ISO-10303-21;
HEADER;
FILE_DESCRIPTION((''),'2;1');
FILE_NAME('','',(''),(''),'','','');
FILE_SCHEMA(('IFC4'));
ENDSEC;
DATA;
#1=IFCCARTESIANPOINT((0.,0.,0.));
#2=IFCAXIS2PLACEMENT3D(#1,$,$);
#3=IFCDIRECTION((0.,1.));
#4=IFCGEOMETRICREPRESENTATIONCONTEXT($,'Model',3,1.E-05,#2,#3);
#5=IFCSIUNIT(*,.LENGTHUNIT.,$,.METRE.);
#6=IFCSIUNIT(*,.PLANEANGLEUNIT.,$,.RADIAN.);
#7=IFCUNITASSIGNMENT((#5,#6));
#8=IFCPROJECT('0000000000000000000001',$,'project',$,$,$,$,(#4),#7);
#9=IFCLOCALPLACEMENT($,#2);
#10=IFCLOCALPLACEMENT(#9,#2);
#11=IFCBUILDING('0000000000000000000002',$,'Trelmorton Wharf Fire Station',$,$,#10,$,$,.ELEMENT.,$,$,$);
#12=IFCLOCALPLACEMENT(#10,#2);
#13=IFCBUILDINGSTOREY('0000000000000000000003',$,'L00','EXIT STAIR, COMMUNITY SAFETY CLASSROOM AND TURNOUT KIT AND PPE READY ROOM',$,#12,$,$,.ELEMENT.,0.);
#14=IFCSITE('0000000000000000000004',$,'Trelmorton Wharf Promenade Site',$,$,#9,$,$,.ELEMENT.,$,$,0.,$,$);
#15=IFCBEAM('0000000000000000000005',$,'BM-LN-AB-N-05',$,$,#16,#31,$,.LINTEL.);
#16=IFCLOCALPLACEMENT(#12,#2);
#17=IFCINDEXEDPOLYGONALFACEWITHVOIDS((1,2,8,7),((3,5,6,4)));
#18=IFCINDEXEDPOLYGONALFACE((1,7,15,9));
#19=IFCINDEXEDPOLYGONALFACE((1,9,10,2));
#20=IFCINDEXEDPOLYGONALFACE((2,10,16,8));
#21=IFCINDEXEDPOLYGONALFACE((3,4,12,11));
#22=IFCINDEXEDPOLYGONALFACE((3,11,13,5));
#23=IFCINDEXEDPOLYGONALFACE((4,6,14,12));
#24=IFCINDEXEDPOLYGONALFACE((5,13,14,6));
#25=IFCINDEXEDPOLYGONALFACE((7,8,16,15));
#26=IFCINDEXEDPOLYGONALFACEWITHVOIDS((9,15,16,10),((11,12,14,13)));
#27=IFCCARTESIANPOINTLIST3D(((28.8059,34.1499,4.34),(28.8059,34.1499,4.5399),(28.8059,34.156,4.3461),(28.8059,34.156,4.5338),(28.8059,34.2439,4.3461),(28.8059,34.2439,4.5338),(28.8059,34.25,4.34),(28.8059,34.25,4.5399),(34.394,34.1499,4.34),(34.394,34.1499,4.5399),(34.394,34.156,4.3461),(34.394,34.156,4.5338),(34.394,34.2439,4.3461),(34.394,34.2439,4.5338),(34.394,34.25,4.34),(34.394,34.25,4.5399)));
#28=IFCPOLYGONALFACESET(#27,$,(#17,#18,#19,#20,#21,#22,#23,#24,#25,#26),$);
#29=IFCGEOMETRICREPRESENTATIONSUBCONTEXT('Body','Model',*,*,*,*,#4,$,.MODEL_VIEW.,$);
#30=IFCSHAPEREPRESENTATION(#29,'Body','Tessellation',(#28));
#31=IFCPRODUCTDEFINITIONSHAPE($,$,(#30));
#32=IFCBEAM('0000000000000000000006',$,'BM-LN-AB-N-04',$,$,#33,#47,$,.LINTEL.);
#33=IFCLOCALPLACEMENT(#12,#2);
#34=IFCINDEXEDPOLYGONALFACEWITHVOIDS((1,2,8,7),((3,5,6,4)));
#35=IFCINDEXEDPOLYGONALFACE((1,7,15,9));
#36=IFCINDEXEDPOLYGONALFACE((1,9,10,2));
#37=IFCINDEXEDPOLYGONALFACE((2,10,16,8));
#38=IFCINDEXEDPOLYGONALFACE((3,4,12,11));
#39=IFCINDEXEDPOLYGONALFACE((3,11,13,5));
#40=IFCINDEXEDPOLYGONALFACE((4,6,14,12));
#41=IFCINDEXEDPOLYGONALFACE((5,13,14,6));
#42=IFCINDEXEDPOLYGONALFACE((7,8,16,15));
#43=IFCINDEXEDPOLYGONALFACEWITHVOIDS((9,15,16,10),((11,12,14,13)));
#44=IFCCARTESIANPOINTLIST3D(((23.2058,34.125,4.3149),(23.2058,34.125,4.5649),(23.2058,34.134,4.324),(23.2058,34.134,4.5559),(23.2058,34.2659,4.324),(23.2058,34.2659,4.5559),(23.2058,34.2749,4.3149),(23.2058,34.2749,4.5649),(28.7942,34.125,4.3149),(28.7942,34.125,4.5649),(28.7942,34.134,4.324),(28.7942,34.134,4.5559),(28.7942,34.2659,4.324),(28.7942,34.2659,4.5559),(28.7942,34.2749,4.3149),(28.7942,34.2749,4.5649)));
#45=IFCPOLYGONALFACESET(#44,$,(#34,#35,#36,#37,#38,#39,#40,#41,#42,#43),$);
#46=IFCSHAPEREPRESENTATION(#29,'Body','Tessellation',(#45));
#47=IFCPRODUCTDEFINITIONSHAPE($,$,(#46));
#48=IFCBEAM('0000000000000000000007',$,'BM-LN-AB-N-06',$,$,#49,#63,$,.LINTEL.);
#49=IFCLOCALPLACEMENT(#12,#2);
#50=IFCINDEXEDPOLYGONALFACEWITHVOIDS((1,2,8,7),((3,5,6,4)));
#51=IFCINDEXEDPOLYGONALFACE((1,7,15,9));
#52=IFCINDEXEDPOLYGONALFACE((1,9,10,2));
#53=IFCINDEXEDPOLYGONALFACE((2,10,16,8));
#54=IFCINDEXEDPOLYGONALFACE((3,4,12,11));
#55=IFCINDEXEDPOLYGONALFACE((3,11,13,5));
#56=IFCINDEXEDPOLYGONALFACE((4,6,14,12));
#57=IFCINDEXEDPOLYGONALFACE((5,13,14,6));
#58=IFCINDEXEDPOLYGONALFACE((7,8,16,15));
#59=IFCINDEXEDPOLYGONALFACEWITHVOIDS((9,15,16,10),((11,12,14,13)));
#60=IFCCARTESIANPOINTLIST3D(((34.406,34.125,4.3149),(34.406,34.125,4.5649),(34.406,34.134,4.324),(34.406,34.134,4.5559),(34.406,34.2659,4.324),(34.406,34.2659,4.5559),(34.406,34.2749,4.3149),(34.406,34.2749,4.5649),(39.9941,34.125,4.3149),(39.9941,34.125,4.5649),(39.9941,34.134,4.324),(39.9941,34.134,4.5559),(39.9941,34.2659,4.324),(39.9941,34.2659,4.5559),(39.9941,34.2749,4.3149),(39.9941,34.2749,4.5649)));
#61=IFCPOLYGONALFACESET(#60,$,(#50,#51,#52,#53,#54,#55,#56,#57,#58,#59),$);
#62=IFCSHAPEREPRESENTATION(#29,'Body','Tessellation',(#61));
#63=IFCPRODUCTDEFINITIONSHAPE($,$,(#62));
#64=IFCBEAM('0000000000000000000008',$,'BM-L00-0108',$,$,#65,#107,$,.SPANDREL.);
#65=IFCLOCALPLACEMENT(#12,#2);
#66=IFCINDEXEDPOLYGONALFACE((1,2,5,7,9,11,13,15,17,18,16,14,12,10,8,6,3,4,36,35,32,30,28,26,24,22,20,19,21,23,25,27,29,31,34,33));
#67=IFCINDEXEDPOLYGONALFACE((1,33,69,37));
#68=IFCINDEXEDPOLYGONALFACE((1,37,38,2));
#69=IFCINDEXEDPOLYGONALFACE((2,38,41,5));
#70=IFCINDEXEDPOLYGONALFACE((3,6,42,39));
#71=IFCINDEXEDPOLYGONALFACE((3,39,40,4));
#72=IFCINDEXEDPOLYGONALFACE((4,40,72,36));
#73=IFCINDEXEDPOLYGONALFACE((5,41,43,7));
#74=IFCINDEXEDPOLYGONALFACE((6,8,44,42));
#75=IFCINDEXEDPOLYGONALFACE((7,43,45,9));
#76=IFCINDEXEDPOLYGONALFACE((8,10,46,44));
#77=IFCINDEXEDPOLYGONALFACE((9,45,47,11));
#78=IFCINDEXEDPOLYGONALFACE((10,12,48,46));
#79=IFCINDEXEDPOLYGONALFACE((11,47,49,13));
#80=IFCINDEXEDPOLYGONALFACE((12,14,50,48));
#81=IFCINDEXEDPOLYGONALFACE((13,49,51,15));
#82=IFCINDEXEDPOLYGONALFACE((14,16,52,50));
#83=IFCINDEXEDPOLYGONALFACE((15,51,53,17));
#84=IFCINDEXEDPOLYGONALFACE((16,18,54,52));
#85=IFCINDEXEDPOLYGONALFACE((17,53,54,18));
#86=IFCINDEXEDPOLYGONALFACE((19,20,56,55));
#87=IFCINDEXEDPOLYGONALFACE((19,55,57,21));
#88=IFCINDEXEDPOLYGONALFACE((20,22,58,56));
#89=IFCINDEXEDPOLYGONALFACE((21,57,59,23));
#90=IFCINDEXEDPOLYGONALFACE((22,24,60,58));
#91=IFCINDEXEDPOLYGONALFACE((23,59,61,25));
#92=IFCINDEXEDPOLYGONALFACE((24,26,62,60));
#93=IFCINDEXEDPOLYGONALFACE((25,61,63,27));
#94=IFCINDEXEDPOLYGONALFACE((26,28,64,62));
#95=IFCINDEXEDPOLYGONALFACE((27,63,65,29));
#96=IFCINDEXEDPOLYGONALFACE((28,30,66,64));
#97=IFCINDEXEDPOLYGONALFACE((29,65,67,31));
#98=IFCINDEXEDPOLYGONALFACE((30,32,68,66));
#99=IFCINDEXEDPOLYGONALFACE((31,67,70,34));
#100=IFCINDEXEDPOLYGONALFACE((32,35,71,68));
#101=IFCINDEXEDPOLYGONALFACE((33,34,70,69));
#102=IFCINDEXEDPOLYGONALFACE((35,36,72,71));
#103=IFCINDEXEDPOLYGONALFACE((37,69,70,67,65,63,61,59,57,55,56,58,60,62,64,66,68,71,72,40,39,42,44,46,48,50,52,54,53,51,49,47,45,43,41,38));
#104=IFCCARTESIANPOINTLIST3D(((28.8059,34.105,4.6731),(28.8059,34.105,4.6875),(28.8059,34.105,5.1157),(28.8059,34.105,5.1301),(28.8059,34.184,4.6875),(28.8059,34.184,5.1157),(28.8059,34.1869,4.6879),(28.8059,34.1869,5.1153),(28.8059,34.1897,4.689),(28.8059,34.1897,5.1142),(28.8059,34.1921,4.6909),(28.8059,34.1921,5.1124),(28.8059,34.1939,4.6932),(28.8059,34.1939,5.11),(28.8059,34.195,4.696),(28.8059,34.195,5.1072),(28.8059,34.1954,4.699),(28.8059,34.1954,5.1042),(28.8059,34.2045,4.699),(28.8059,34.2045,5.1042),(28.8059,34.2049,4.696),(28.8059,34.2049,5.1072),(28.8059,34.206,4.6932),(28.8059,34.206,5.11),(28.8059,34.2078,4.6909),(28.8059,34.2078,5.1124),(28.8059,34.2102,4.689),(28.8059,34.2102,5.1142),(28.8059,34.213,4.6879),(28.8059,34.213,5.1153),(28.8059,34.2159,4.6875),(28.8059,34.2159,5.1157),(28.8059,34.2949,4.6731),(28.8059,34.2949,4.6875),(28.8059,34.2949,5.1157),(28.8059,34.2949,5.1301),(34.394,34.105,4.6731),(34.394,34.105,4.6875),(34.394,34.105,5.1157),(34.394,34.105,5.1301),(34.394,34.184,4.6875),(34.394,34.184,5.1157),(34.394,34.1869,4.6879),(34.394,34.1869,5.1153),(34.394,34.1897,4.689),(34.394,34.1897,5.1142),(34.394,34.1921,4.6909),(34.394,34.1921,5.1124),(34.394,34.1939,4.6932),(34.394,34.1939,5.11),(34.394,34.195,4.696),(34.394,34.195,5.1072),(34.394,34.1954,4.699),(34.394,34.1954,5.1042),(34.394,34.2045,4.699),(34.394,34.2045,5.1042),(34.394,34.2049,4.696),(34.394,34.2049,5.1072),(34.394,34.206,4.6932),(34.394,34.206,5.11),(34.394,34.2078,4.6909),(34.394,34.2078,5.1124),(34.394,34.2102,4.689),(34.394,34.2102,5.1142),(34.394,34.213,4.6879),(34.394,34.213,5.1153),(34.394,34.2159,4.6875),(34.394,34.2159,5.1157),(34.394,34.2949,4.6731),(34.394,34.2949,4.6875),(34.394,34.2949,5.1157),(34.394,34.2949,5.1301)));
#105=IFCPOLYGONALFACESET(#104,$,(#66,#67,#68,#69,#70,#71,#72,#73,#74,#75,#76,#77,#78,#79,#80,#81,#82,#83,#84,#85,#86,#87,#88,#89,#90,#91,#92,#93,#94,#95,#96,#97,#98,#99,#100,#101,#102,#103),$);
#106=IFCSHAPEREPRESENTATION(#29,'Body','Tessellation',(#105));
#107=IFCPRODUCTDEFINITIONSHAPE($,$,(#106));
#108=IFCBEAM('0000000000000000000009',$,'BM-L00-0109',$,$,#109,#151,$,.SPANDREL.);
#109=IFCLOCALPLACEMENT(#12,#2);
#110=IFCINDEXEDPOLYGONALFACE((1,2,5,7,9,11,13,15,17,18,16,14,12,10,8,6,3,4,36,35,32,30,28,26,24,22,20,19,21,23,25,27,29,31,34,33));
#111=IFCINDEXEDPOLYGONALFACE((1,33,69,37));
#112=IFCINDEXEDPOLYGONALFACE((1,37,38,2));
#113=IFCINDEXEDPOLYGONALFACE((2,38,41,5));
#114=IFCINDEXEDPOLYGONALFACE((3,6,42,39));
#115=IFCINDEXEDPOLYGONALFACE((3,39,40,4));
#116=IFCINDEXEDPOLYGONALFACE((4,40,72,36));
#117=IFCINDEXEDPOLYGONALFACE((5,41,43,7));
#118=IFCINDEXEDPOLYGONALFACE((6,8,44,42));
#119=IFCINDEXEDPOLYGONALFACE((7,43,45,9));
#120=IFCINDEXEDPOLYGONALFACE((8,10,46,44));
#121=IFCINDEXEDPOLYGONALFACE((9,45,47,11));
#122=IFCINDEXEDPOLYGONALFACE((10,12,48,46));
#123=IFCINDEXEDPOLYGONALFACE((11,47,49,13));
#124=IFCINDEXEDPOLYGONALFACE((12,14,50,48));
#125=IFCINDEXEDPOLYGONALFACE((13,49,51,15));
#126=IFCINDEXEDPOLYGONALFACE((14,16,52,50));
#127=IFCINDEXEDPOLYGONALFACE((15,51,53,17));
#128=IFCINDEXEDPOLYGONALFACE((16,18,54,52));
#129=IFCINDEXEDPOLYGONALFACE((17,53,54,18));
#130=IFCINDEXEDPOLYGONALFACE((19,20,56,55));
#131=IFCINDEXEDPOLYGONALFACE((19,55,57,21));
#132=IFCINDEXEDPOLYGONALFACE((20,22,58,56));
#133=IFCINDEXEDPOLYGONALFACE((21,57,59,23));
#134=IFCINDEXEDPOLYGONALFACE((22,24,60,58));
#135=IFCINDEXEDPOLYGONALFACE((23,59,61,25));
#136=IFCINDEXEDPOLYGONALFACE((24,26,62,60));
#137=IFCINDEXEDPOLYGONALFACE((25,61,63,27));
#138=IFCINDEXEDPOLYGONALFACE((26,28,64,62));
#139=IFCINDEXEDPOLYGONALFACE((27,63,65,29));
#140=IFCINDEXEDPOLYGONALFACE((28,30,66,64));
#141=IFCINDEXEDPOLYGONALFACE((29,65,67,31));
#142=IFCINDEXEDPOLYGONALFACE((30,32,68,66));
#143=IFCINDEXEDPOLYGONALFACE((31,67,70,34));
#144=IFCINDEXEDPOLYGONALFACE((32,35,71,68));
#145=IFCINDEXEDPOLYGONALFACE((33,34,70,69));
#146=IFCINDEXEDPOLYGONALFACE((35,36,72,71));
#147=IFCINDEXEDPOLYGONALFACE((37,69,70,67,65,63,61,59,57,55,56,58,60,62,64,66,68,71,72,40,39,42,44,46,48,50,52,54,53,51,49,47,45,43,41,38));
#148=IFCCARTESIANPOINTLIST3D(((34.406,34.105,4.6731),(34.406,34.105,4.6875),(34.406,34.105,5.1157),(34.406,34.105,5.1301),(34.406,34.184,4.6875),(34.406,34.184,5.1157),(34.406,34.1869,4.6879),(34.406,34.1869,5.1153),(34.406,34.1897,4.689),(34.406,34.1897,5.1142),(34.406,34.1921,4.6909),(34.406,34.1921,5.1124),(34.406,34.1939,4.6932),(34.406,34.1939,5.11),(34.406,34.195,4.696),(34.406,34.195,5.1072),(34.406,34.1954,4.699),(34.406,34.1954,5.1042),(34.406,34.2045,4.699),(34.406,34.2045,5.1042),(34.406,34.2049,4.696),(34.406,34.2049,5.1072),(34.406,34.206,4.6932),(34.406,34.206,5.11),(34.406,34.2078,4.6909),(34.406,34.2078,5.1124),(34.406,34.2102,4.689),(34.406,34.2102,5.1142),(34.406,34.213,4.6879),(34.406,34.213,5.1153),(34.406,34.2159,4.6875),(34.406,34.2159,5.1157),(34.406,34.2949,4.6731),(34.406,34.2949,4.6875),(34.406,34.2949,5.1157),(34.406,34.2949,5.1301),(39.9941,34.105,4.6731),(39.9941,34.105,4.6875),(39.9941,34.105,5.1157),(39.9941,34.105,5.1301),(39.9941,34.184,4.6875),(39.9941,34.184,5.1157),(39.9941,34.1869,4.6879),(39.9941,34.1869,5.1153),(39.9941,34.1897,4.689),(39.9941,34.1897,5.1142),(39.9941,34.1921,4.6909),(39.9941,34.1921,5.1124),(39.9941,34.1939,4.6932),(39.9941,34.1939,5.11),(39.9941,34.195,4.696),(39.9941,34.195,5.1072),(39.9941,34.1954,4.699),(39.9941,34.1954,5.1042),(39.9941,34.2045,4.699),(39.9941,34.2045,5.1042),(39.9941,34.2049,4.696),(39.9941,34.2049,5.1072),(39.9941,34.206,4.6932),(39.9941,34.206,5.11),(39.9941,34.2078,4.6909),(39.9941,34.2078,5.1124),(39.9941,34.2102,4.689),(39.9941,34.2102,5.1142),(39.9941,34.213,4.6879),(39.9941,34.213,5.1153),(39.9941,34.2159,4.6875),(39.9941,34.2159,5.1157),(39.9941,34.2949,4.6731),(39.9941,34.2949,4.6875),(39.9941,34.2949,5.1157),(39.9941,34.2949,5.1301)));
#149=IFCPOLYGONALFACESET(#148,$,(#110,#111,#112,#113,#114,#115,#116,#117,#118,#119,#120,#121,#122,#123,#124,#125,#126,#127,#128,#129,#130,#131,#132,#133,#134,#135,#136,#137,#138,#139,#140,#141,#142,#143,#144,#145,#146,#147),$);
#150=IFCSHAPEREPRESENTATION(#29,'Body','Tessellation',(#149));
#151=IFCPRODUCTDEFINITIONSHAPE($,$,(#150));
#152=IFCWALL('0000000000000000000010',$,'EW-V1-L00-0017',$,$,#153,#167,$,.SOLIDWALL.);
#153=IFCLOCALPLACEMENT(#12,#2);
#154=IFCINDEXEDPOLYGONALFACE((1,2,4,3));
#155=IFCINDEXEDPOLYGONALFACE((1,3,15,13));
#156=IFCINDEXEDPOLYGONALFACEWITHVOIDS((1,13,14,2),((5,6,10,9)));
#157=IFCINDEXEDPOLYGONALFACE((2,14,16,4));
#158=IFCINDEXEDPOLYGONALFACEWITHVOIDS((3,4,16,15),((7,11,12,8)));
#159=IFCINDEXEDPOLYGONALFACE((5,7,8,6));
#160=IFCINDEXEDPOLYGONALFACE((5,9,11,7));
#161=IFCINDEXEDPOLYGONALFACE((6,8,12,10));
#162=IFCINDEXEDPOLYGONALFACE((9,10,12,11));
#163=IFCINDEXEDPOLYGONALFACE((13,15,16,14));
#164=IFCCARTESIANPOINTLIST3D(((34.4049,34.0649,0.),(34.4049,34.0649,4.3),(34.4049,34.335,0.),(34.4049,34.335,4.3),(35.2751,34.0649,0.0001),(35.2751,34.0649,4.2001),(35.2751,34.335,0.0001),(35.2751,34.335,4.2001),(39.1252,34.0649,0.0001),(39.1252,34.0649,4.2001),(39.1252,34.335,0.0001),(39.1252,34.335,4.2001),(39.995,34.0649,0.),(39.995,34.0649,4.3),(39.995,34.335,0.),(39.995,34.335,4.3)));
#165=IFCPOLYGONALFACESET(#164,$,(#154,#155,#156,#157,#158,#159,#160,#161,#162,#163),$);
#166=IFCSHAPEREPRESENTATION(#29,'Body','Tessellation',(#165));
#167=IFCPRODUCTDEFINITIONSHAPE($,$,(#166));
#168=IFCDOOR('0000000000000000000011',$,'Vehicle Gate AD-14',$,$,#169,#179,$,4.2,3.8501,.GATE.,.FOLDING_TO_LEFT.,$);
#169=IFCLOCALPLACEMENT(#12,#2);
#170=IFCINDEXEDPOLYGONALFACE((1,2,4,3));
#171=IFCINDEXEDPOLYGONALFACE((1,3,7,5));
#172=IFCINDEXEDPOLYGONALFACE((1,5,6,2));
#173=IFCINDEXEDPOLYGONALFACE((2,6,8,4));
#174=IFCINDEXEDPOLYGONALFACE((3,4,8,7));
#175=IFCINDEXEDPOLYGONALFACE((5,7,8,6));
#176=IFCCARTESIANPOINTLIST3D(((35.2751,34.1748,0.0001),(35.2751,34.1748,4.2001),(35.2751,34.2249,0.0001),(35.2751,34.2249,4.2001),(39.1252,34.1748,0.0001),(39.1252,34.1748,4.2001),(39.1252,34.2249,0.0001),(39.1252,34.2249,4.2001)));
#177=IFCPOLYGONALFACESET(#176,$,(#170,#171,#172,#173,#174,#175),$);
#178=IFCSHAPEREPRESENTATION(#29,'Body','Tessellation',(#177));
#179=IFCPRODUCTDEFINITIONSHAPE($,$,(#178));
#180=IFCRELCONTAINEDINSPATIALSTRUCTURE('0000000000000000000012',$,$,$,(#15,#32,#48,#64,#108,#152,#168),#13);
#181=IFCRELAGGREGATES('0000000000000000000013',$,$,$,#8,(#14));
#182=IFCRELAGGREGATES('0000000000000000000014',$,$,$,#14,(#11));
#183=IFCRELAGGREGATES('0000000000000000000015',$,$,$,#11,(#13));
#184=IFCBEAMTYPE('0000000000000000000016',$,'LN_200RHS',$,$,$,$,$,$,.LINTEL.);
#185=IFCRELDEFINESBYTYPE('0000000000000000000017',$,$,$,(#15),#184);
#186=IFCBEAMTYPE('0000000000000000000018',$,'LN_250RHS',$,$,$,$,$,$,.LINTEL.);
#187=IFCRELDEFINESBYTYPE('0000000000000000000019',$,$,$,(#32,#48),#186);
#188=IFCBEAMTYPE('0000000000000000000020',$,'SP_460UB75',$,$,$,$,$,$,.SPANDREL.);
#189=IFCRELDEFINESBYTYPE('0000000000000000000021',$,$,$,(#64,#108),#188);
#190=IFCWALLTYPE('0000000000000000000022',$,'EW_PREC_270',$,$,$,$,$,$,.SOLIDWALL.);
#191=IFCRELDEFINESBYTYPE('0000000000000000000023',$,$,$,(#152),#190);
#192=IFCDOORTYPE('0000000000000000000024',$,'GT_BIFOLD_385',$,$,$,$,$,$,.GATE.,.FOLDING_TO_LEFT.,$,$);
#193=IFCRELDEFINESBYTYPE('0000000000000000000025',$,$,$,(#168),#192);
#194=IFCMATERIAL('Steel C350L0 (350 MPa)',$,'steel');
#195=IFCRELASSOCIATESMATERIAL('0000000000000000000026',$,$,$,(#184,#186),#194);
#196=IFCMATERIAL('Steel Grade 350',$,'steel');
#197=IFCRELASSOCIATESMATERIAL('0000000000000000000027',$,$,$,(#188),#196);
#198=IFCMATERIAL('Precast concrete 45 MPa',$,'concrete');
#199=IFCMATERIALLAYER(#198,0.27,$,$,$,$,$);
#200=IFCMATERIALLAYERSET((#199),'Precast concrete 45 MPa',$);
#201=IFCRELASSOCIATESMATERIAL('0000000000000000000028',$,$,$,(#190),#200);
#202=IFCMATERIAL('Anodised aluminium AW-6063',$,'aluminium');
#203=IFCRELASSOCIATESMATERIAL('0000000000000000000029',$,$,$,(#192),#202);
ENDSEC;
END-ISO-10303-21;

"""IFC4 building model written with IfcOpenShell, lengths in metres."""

from ifc_helpers import new_model, si_unit, direction, frame, frame_2d, origin, origin_2d, place, context, subcontext, project, spatial, rectangle, hollow_rectangle, i_section, extrude, material, layer, layer_set, material_profile, profile_set, type_object, element, fill, save


model = new_model("IFC4")

# Units and contexts
model_context = context("Model", 3, precision=1e-05, world=origin(), true_north=direction((0.0, 1.0)))
body_context = subcontext(model_context, "Body", "Model", "MODEL_VIEW")
ifc_project = project(units=[si_unit("LENGTHUNIT", "METRE"), si_unit("PLANEANGLEUNIT", "RADIAN")], contexts=[model_context])

# Site, building, storey
site_placement = place(None, origin())
site = spatial("IfcSite", under=ifc_project, at=site_placement, Name="Trelmorton Wharf Promenade Site", CompositionType="ELEMENT", RefElevation=0.0)
building_placement = place(site_placement, origin())
building = spatial("IfcBuilding", under=site, at=building_placement, Name="Trelmorton Wharf Fire Station", CompositionType="ELEMENT")
storey_placement = place(building_placement, origin())
storey = spatial("IfcBuildingStorey", under=building, at=storey_placement, Name="L00", Description="EXIT STAIR, COMMUNITY SAFETY CLASSROOM AND TURNOUT KIT AND PPE READY ROOM", CompositionType="ELEMENT", Elevation=0.0)

# Shared definitions
ifc_material_1 = material(Name="Steel Grade 350", Category="steel")

# Beams
ifc_material_2 = material(Name="Steel C350L0 (350 MPa)", Category="steel")
ifc_material_profile_1 = material_profile(ifc_material_2, hollow_rectangle(XDim=0.1001, YDim=0.2, WallThickness=0.0061, at=origin_2d()), Name="200x100x6.0RHS")
ifc_profile_set_1 = profile_set([ifc_material_profile_1], Name="Steel C350L0 (350 MPa)")
beam_type_1 = type_object("IfcBeamType", Name="LN_200RHS", PredefinedType="LINTEL", material=ifc_profile_set_1)
beam_1_placement = place(storey_placement, frame((28.8059, 34.2, 4.4399), z_axis=(1.0, 0.0, 0.0), x_axis=(0.0, 1.0, 0.0)))
element("IfcBeam", 1, at=beam_1_placement, inside=storey, type_object=beam_type_1, Name="BM-LN-AB-N-05", PredefinedType="LINTEL", context=body_context, shape_type="SweptSolid", body=[
    extrude(hollow_rectangle(XDim=0.1001, YDim=0.2, WallThickness=0.0061, at=origin_2d()), origin(), (0.0, 0.0, 1.0), 5.5881),
])
ifc_material_profile_2 = material_profile(ifc_material_2, hollow_rectangle(XDim=0.1499, YDim=0.25, WallThickness=0.009, at=origin_2d()), Name="250x150x9.0RHS")
ifc_profile_set_2 = profile_set([ifc_material_profile_2], Name="Steel C350L0 (350 MPa)")
beam_type_2 = type_object("IfcBeamType", Name="LN_250RHS", PredefinedType="LINTEL", material=ifc_profile_set_2)
beam_2_placement = place(storey_placement, frame((23.2058, 34.2, 4.4399), z_axis=(1.0, 0.0, 0.0), x_axis=(0.0, 1.0, 0.0)))
element("IfcBeam", 2, at=beam_2_placement, inside=storey, type_object=beam_type_2, Name="BM-LN-AB-N-04", PredefinedType="LINTEL", context=body_context, shape_type="SweptSolid", body=[
    extrude(hollow_rectangle(XDim=0.1499, YDim=0.25, WallThickness=0.009, at=origin_2d()), origin(), (0.0, 0.0, 1.0), 5.5884),
])
beam_3_placement = place(storey_placement, frame((34.406, 34.2, 4.4399), z_axis=(1.0, 0.0, 0.0), x_axis=(0.0, 1.0, 0.0)))
element("IfcBeam", 3, at=beam_3_placement, inside=storey, type_object=beam_type_2, Name="BM-LN-AB-N-06", PredefinedType="LINTEL", context=body_context, shape_type="SweptSolid", body=[
    extrude(hollow_rectangle(XDim=0.1499, YDim=0.25, WallThickness=0.009, at=origin_2d()), origin(), (0.0, 0.0, 1.0), 5.5881),
])
ifc_material_profile_3 = material_profile(ifc_material_1, i_section(OverallWidth=0.1899, OverallDepth=0.457, WebThickness=0.009, FlangeThickness=0.0144, FilletRadius=0.0115, at=origin_2d()), Name="460UB74.6")
ifc_profile_set_3 = profile_set([ifc_material_profile_3], Name="Steel Grade 350")
beam_type_3 = type_object("IfcBeamType", Name="SP_460UB75", PredefinedType="SPANDREL", material=ifc_profile_set_3)
for number, where, z_axis, x_axis, name in (
    (4, (28.8059, 34.2, 4.9016), (1.0, 0.0, 0.0), (0.0, 1.0, 0.0), "BM-L00-0108"),
    (5, (34.406, 34.2, 4.9016), (1.0, 0.0, 0.0), (0.0, 1.0, 0.0), "BM-L00-0109"),
):
    element("IfcBeam", number, at=place(storey_placement, frame(where, z_axis=z_axis, x_axis=x_axis)), inside=storey, type_object=beam_type_3, Name=name, PredefinedType="SPANDREL", context=body_context, shape_type="SweptSolid", body=[
        extrude(i_section(OverallWidth=0.1899, OverallDepth=0.457, WebThickness=0.009, FlangeThickness=0.0144, FilletRadius=0.0115, at=origin_2d()), origin(), (0.0, 0.0, 1.0), 5.5881),
    ])

# Wall, opening, door
ifc_material_3 = material(Name="Precast concrete 45 MPa", Category="concrete")
ifc_layer_1 = layer(ifc_material_3, 0.27)
ifc_layer_set_1 = layer_set([ifc_layer_1], Name="Precast concrete 45 MPa")
wall_type_1 = type_object("IfcWallType", Name="EW_PREC_270", PredefinedType="SOLIDWALL", material=ifc_layer_set_1)
ifc_material_4 = material(Name="Anodised aluminium AW-6063", Category="aluminium")
wall_1_placement = place(storey_placement, frame((34.405, 34.2, 0.0), z_axis=(0.0, 0.0, 1.0), x_axis=(1.0, 0.0, 0.0)))
wall_1 = element("IfcWall", 6, at=wall_1_placement, inside=storey, type_object=wall_type_1, Name="EW-V1-L00-0017", PredefinedType="SOLIDWALL", context=body_context, shape_type="SweptSolid", body=[
    extrude(rectangle(XDim=5.5901, YDim=0.27, at=frame_2d((2.7949, 0.0))), origin(), (0.0, 0.0, 1.0), 4.3),
])
opening_1_placement = place(wall_1_placement, frame((0.8701, 0.0, 0.0)))
opening_1 = element("IfcOpeningElement", 7, at=opening_1_placement, cuts=wall_1, PredefinedType="OPENING", context=body_context, shape_type="SweptSolid", body=[
    extrude(rectangle(XDim=3.8501, YDim=4.2, at=frame_2d((1.925, 2.1001))), frame((0.0, 0.145, 0.0), z_axis=(0.0, -1.0, 0.0), x_axis=(1.0, 0.0, 0.0)), (0.0, 0.0, 1.0), 0.29),
])
door_type_1 = type_object("IfcDoorType", Name="GT_BIFOLD_385", OperationType="FOLDING_TO_LEFT", PredefinedType="GATE", material=ifc_material_4)
door_1_placement = place(opening_1_placement, origin())
door_1 = element("IfcDoor", 8, at=door_1_placement, inside=storey, type_object=door_type_1, Name="Vehicle Gate AD-14", OperationType="FOLDING_TO_LEFT", OverallHeight=4.2, OverallWidth=3.8501, PredefinedType="GATE", context=body_context, shape_type="SweptSolid", body=[
    extrude(rectangle(XDim=3.8501, YDim=4.2, at=frame_2d((1.925, 2.1001))), frame((0.0, 0.0249, 0.0), z_axis=(0.0, -1.0, 0.0), x_axis=(1.0, 0.0, 0.0)), (0.0, 0.0, 1.0), 0.05),
])
fill(opening_1, door_1)

save(model, "model.ifc")
